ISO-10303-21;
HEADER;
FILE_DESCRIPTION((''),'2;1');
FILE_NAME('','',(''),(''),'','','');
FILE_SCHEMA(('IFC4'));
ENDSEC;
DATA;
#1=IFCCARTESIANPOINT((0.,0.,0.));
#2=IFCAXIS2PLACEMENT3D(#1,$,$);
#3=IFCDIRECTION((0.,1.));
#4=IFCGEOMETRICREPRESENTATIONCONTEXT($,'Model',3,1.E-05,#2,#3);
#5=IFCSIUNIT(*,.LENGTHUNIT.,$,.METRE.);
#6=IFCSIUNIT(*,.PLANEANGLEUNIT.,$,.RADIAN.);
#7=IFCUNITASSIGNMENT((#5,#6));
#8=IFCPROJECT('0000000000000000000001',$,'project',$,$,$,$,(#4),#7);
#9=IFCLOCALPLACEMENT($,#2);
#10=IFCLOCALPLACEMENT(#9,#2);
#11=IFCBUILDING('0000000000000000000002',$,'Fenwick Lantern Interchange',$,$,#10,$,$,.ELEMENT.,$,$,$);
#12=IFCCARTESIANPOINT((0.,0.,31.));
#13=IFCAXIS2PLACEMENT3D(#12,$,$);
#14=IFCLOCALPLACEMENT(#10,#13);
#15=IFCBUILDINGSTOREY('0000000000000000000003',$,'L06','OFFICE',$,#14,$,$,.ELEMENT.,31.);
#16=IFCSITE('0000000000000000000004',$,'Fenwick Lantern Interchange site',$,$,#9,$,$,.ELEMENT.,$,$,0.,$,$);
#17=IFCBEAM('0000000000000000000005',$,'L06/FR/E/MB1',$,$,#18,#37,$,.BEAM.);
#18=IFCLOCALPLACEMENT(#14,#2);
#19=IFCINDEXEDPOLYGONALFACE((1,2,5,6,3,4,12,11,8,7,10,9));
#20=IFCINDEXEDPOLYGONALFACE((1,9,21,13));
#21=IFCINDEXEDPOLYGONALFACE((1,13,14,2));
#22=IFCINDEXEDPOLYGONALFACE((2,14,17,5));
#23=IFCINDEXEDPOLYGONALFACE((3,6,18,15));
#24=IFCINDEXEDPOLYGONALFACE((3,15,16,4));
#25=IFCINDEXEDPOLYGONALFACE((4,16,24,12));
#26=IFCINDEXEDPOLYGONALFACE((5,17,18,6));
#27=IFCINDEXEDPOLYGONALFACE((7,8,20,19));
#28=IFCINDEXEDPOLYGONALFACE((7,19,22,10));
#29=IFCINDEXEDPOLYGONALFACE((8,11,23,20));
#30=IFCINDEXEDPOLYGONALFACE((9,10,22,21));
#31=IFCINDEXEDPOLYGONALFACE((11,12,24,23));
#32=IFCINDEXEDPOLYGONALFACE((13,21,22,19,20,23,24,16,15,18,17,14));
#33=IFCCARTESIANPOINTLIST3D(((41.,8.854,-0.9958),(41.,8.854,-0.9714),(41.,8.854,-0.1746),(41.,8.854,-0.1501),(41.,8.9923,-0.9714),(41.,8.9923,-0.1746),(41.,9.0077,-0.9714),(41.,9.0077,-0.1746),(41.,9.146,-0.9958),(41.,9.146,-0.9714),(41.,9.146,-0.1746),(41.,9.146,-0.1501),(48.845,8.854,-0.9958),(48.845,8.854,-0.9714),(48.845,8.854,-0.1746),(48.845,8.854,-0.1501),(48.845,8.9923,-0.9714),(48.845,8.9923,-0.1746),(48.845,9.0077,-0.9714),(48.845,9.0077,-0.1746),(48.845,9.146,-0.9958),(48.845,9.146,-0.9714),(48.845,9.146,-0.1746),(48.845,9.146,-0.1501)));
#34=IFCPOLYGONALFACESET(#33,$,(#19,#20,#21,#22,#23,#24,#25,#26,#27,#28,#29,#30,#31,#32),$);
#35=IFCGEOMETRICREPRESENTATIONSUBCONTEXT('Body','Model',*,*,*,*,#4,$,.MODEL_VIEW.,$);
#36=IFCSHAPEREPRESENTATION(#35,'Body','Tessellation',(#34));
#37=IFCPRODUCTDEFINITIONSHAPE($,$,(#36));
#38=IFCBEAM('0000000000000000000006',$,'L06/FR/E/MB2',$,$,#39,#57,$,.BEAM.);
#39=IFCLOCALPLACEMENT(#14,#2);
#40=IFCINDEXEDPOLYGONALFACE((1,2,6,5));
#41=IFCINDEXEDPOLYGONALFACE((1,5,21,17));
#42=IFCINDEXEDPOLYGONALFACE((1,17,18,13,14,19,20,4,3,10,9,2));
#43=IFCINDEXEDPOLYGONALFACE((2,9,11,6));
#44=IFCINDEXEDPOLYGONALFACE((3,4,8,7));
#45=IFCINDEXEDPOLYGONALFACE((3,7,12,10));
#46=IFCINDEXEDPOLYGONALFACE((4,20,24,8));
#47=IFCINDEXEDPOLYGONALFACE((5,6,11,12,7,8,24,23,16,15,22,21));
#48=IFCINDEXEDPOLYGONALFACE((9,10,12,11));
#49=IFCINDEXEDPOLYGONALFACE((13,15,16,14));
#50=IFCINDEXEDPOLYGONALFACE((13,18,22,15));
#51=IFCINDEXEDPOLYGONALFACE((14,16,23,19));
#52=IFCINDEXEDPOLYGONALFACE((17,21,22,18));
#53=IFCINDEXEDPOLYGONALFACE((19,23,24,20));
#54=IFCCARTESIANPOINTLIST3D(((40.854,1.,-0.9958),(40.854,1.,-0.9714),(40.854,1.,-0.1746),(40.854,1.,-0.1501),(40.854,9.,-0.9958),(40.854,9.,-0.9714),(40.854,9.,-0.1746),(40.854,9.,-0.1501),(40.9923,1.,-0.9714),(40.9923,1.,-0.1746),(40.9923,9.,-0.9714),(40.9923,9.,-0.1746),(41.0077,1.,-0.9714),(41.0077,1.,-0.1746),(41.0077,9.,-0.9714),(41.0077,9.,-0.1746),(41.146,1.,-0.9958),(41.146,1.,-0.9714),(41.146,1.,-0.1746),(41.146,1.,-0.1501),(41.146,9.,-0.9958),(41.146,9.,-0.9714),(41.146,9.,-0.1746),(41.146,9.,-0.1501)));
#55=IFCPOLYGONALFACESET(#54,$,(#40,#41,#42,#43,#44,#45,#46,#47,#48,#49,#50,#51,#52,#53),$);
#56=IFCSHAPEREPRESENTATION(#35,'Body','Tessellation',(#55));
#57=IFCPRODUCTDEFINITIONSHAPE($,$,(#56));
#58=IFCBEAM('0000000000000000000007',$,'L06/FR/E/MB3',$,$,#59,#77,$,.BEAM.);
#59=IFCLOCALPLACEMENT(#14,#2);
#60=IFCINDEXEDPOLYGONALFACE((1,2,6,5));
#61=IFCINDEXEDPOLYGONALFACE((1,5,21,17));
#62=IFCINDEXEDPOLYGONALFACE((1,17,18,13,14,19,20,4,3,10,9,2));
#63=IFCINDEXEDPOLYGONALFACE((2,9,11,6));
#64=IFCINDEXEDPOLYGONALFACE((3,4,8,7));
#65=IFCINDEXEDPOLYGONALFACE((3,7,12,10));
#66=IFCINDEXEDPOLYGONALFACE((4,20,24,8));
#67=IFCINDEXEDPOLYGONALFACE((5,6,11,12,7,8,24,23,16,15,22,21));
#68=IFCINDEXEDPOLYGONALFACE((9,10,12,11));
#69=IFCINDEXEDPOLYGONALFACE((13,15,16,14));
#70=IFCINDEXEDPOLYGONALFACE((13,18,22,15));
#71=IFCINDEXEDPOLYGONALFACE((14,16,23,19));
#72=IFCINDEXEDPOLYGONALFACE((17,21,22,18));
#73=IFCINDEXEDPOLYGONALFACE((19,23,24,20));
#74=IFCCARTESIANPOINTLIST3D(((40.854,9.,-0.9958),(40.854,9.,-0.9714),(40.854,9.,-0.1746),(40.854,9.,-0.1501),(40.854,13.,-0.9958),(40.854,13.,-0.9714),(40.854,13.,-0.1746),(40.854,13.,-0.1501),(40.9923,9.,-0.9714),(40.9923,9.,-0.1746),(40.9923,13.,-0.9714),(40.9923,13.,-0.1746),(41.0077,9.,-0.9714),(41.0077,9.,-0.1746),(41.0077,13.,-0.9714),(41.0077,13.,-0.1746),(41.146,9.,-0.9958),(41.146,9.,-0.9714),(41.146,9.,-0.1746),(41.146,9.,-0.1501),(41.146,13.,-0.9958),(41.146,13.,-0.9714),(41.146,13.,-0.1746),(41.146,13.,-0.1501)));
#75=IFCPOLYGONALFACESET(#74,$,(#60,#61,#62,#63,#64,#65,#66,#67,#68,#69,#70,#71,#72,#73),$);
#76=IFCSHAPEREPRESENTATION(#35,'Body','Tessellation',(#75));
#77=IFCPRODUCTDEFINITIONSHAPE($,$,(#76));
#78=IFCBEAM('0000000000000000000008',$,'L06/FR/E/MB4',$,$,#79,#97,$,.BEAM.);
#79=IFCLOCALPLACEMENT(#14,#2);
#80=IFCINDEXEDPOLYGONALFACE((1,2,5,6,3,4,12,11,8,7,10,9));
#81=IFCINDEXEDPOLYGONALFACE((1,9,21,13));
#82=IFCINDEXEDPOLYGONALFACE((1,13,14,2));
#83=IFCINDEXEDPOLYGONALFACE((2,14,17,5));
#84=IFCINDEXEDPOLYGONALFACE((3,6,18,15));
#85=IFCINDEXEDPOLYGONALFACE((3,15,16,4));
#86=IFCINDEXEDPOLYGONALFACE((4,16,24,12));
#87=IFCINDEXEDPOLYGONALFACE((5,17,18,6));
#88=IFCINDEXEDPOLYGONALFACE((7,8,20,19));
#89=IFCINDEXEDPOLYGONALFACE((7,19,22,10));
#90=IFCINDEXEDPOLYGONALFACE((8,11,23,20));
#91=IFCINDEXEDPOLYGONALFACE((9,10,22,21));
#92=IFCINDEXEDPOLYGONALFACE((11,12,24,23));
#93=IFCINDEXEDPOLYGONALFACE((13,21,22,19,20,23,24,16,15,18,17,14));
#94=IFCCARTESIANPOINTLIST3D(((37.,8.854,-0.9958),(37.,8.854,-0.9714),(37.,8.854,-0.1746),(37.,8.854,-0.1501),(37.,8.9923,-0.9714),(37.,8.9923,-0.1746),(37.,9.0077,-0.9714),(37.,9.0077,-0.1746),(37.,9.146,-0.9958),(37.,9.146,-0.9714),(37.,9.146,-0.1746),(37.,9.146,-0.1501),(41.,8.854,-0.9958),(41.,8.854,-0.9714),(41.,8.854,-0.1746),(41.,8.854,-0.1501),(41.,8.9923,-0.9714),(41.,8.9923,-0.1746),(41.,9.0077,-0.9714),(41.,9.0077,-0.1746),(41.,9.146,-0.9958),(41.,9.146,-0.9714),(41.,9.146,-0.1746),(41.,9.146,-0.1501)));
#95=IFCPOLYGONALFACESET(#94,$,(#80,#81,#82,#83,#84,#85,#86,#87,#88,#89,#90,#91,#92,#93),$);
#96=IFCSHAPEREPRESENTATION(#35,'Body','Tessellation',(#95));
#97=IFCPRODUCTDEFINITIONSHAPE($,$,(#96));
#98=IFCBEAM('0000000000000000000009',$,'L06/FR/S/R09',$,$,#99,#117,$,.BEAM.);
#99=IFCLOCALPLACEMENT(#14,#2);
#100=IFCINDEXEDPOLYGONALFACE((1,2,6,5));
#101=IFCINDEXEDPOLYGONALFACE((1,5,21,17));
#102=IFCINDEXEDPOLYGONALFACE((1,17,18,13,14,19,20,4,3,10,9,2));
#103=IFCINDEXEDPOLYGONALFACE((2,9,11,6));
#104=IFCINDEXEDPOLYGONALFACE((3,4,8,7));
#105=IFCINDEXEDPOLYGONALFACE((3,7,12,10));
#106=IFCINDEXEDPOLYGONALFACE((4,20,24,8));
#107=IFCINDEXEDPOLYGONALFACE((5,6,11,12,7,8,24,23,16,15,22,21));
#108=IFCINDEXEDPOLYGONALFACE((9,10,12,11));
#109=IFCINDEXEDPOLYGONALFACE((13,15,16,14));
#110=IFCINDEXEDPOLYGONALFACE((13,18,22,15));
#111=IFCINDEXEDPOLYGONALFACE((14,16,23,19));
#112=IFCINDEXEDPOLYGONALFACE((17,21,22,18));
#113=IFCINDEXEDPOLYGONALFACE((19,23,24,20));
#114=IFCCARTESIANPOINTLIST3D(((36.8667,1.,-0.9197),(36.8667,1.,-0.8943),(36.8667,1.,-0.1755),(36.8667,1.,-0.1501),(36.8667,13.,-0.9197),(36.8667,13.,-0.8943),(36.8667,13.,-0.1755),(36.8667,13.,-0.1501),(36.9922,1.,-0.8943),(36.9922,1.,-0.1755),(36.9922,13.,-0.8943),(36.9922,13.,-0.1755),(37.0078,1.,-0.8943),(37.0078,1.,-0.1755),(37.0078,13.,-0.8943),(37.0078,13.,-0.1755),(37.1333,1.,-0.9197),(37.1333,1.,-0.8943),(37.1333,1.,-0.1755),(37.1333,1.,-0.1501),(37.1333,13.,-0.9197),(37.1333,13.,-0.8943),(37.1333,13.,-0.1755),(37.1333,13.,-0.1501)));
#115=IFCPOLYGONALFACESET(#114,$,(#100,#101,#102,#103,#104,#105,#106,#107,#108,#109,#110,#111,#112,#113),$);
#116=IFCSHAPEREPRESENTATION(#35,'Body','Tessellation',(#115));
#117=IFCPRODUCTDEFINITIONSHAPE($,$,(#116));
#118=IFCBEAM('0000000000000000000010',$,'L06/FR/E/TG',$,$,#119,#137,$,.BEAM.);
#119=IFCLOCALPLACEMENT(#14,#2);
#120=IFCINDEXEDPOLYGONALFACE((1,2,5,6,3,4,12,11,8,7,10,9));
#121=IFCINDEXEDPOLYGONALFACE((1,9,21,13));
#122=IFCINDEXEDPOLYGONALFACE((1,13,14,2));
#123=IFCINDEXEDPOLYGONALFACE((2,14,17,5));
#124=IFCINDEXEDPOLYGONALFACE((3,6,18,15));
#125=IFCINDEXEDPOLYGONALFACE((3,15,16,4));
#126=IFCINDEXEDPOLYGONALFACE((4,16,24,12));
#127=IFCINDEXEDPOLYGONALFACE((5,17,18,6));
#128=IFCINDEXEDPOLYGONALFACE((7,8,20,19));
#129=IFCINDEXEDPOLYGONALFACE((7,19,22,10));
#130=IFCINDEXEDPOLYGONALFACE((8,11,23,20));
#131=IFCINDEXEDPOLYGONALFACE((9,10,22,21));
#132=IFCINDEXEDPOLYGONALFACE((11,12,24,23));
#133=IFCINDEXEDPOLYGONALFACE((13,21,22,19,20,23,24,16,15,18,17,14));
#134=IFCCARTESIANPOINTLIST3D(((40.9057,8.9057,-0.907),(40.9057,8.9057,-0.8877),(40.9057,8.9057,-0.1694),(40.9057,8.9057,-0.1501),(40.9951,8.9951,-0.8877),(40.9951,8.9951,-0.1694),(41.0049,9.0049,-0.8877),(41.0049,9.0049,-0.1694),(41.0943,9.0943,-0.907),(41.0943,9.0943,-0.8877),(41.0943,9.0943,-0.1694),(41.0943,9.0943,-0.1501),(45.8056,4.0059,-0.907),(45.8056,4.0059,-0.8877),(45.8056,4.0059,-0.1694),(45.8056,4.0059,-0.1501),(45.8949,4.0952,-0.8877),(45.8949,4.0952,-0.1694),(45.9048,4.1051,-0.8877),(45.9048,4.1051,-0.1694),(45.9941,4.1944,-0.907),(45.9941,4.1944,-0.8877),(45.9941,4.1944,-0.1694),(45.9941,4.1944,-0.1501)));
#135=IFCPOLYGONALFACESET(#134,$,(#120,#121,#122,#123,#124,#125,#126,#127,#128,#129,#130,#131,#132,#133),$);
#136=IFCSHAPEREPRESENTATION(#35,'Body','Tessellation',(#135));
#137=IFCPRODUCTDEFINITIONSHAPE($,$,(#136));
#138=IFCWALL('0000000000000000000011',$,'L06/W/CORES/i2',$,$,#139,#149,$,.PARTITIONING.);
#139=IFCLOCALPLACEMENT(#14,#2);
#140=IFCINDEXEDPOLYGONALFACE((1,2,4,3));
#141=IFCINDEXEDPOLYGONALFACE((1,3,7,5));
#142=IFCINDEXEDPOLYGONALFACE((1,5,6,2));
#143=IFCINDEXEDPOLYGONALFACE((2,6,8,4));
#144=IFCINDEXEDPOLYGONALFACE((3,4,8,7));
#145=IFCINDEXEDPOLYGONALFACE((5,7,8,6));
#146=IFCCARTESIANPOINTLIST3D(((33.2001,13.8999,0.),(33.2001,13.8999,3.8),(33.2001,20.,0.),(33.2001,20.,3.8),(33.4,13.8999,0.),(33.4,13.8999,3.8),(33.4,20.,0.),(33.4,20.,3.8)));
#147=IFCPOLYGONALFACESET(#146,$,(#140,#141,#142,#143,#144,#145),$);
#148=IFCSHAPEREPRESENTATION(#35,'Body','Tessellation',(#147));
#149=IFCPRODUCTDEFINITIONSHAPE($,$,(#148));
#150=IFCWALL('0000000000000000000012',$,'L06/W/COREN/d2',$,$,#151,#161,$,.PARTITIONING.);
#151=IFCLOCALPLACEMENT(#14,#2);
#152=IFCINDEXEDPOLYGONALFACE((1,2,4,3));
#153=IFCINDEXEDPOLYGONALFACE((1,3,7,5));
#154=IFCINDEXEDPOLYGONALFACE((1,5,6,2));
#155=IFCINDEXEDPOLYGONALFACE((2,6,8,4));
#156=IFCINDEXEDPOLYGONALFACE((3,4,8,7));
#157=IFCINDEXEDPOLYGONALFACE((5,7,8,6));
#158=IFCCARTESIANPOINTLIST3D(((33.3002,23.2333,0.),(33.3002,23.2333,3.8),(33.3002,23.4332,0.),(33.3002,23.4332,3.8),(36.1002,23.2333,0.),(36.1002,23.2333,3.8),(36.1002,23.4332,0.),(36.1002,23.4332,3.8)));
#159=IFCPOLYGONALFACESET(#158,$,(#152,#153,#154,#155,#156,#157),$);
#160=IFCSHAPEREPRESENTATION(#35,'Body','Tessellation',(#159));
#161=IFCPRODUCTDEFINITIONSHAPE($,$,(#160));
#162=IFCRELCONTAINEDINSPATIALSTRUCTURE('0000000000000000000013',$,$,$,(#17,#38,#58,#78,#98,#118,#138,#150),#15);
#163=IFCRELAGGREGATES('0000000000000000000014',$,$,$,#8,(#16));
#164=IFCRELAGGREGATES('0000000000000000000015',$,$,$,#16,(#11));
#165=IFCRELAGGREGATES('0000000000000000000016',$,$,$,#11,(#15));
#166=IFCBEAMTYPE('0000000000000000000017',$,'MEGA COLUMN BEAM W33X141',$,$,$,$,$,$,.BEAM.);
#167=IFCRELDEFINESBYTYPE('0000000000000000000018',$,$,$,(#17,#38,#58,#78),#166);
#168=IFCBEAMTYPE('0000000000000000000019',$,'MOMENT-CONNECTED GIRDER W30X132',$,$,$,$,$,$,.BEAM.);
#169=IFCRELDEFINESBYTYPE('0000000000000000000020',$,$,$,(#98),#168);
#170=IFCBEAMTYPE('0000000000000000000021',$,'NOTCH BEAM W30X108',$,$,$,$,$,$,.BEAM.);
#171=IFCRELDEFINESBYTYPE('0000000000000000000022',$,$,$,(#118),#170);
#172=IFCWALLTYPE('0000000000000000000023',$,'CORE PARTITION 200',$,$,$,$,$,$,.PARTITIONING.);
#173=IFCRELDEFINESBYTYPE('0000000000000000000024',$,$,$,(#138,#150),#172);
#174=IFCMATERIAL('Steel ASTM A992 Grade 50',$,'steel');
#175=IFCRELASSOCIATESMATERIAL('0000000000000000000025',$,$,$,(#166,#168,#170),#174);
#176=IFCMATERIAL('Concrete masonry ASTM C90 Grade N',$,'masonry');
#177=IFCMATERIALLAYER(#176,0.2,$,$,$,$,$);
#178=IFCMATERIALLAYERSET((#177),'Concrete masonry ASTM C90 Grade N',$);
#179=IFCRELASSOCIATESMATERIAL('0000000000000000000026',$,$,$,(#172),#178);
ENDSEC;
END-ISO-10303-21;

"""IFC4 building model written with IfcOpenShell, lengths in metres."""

from ifc_helpers import new_model, si_unit, direction, frame, frame_2d, origin, origin_2d, place, context, subcontext, project, spatial, rectangle, i_section, extrude, material, layer, layer_set, material_profile, profile_set, type_object, element, save


model = new_model("IFC4")

# Units and contexts
model_context = context("Model", 3, precision=1e-05, world=origin(), true_north=direction((0.0, 1.0)))
body_context = subcontext(model_context, "Body", "Model", "MODEL_VIEW")
ifc_project = project(units=[si_unit("LENGTHUNIT", "METRE"), si_unit("PLANEANGLEUNIT", "RADIAN")], contexts=[model_context])

# Site, building, storey
site_placement = place(None, origin())
site = spatial("IfcSite", under=ifc_project, at=site_placement, Name="Fenwick Lantern Interchange site", CompositionType="ELEMENT", RefElevation=0.0)
building_placement = place(site_placement, origin())
building = spatial("IfcBuilding", under=site, at=building_placement, Name="Fenwick Lantern Interchange", CompositionType="ELEMENT")
storey_placement = place(building_placement, frame((0.0, 0.0, 31.0)))
storey = spatial("IfcBuildingStorey", under=building, at=storey_placement, Name="L06", Description="OFFICE", CompositionType="ELEMENT", Elevation=31.0)

# Shared definitions
ifc_material_1 = material(Name="Steel ASTM A992 Grade 50", Category="steel")

# Beams
ifc_material_profile_1 = material_profile(ifc_material_1, i_section(OverallWidth=0.292, OverallDepth=0.8457, WebThickness=0.0154, FlangeThickness=0.0244, at=origin_2d()), Name="W33X141")
ifc_profile_set_1 = profile_set([ifc_material_profile_1], Name="Steel ASTM A992 Grade 50")
beam_type_1 = type_object("IfcBeamType", Name="MEGA COLUMN BEAM W33X141", PredefinedType="BEAM", material=ifc_profile_set_1)
beam_1_placement = place(storey_placement, frame((41.0, 9.0, -0.573), z_axis=(1.0, 0.0, 0.0), x_axis=(0.0, 1.0, 0.0)))
element("IfcBeam", 1, at=beam_1_placement, inside=storey, type_object=beam_type_1, Name="L06/FR/E/MB1", PredefinedType="BEAM", context=body_context, shape_type="SweptSolid", body=[
    extrude(i_section(OverallWidth=0.292, OverallDepth=0.8457, WebThickness=0.0154, FlangeThickness=0.0244, at=origin_2d()), origin(), (0.0, 0.0, 1.0), 7.845),
])
beam_2_placement = place(storey_placement, frame((41.0, 9.0, -0.573), z_axis=(0.0, -1.0, 0.0), x_axis=(1.0, 0.0, 0.0)))
element("IfcBeam", 2, at=beam_2_placement, inside=storey, type_object=beam_type_1, Name="L06/FR/E/MB2", PredefinedType="BEAM", context=body_context, shape_type="SweptSolid", body=[
    extrude(i_section(OverallWidth=0.292, OverallDepth=0.8457, WebThickness=0.0154, FlangeThickness=0.0244, at=origin_2d()), origin(), (0.0, 0.0, 1.0), 8.0),
])
for number, where, z_axis, x_axis, name in (
    (3, (41.0, 9.0, -0.573), (0.0, 1.0, 0.0), (-1.0, 0.0, 0.0), "L06/FR/E/MB3"),
    (4, (41.0, 9.0, -0.573), (-1.0, 0.0, 0.0), (0.0, -1.0, 0.0), "L06/FR/E/MB4"),
):
    element("IfcBeam", number, at=place(storey_placement, frame(where, z_axis=z_axis, x_axis=x_axis)), inside=storey, type_object=beam_type_1, Name=name, PredefinedType="BEAM", context=body_context, shape_type="SweptSolid", body=[
        extrude(i_section(OverallWidth=0.292, OverallDepth=0.8457, WebThickness=0.0154, FlangeThickness=0.0244, at=origin_2d()), origin(), (0.0, 0.0, 1.0), 4.0),
    ])
ifc_material_profile_2 = material_profile(ifc_material_1, i_section(OverallWidth=0.2666, OverallDepth=0.7695, WebThickness=0.0156, FlangeThickness=0.0254, at=origin_2d()), Name="W30X132")
ifc_profile_set_2 = profile_set([ifc_material_profile_2], Name="Steel ASTM A992 Grade 50")
beam_type_2 = type_object("IfcBeamType", Name="MOMENT-CONNECTED GIRDER W30X132", PredefinedType="BEAM", material=ifc_profile_set_2)
beam_3_placement = place(storey_placement, frame((37.0, 1.0, -0.5349), z_axis=(0.0, 1.0, 0.0), x_axis=(-1.0, 0.0, 0.0)))
element("IfcBeam", 5, at=beam_3_placement, inside=storey, type_object=beam_type_2, Name="L06/FR/S/R09", PredefinedType="BEAM", context=body_context, shape_type="SweptSolid", body=[
    extrude(i_section(OverallWidth=0.2666, OverallDepth=0.7695, WebThickness=0.0156, FlangeThickness=0.0254, at=origin_2d()), origin(), (0.0, 0.0, 1.0), 12.0),
])
ifc_material_profile_3 = material_profile(ifc_material_1, i_section(OverallWidth=0.2666, OverallDepth=0.7568, WebThickness=0.0139, FlangeThickness=0.0193, at=origin_2d()), Name="W30X108")
ifc_profile_set_3 = profile_set([ifc_material_profile_3], Name="Steel ASTM A992 Grade 50")
beam_type_3 = type_object("IfcBeamType", Name="NOTCH BEAM W30X108", PredefinedType="BEAM", material=ifc_profile_set_3)
beam_4_placement = place(storey_placement, frame((41.0, 9.0, -0.5286), z_axis=(0.707107, -0.707107, 0.0), x_axis=(0.707107, 0.707107, 0.0)))
element("IfcBeam", 6, at=beam_4_placement, inside=storey, type_object=beam_type_3, Name="L06/FR/E/TG", PredefinedType="BEAM", context=body_context, shape_type="SweptSolid", body=[
    extrude(i_section(OverallWidth=0.2666, OverallDepth=0.7568, WebThickness=0.0139, FlangeThickness=0.0193, at=origin_2d()), origin(), (0.0, 0.0, 1.0), 6.9294),
])

# Walls
ifc_material_2 = material(Name="Concrete masonry ASTM C90 Grade N", Category="masonry")
ifc_layer_1 = layer(ifc_material_2, 0.2)
ifc_layer_set_1 = layer_set([ifc_layer_1], Name="Concrete masonry ASTM C90 Grade N")
wall_type_1 = type_object("IfcWallType", Name="CORE PARTITION 200", PredefinedType="PARTITIONING", material=ifc_layer_set_1)
wall_1_placement = place(storey_placement, frame((33.3, 13.8999, 0.0), z_axis=(0.0, 0.0, 1.0), x_axis=(0.0, 1.0, 0.0)))
element("IfcWall", 7, at=wall_1_placement, inside=storey, type_object=wall_type_1, Name="L06/W/CORES/i2", PredefinedType="PARTITIONING", context=body_context, shape_type="SweptSolid", body=[
    extrude(rectangle(XDim=6.1001, YDim=0.2, at=frame_2d((3.05, 0.0))), origin(), (0.0, 0.0, 1.0), 3.8),
])
wall_2_placement = place(storey_placement, frame((36.1001, 23.3333, 0.0), z_axis=(0.0, 0.0, 1.0), x_axis=(-1.0, 0.0, 0.0)))
element("IfcWall", 8, at=wall_2_placement, inside=storey, type_object=wall_type_1, Name="L06/W/COREN/d2", PredefinedType="PARTITIONING", context=body_context, shape_type="SweptSolid", body=[
    extrude(rectangle(XDim=2.8, YDim=0.2, at=frame_2d((1.3999, 0.0))), origin(), (0.0, 0.0, 1.0), 3.8),
])

save(model, "model.ifc")
